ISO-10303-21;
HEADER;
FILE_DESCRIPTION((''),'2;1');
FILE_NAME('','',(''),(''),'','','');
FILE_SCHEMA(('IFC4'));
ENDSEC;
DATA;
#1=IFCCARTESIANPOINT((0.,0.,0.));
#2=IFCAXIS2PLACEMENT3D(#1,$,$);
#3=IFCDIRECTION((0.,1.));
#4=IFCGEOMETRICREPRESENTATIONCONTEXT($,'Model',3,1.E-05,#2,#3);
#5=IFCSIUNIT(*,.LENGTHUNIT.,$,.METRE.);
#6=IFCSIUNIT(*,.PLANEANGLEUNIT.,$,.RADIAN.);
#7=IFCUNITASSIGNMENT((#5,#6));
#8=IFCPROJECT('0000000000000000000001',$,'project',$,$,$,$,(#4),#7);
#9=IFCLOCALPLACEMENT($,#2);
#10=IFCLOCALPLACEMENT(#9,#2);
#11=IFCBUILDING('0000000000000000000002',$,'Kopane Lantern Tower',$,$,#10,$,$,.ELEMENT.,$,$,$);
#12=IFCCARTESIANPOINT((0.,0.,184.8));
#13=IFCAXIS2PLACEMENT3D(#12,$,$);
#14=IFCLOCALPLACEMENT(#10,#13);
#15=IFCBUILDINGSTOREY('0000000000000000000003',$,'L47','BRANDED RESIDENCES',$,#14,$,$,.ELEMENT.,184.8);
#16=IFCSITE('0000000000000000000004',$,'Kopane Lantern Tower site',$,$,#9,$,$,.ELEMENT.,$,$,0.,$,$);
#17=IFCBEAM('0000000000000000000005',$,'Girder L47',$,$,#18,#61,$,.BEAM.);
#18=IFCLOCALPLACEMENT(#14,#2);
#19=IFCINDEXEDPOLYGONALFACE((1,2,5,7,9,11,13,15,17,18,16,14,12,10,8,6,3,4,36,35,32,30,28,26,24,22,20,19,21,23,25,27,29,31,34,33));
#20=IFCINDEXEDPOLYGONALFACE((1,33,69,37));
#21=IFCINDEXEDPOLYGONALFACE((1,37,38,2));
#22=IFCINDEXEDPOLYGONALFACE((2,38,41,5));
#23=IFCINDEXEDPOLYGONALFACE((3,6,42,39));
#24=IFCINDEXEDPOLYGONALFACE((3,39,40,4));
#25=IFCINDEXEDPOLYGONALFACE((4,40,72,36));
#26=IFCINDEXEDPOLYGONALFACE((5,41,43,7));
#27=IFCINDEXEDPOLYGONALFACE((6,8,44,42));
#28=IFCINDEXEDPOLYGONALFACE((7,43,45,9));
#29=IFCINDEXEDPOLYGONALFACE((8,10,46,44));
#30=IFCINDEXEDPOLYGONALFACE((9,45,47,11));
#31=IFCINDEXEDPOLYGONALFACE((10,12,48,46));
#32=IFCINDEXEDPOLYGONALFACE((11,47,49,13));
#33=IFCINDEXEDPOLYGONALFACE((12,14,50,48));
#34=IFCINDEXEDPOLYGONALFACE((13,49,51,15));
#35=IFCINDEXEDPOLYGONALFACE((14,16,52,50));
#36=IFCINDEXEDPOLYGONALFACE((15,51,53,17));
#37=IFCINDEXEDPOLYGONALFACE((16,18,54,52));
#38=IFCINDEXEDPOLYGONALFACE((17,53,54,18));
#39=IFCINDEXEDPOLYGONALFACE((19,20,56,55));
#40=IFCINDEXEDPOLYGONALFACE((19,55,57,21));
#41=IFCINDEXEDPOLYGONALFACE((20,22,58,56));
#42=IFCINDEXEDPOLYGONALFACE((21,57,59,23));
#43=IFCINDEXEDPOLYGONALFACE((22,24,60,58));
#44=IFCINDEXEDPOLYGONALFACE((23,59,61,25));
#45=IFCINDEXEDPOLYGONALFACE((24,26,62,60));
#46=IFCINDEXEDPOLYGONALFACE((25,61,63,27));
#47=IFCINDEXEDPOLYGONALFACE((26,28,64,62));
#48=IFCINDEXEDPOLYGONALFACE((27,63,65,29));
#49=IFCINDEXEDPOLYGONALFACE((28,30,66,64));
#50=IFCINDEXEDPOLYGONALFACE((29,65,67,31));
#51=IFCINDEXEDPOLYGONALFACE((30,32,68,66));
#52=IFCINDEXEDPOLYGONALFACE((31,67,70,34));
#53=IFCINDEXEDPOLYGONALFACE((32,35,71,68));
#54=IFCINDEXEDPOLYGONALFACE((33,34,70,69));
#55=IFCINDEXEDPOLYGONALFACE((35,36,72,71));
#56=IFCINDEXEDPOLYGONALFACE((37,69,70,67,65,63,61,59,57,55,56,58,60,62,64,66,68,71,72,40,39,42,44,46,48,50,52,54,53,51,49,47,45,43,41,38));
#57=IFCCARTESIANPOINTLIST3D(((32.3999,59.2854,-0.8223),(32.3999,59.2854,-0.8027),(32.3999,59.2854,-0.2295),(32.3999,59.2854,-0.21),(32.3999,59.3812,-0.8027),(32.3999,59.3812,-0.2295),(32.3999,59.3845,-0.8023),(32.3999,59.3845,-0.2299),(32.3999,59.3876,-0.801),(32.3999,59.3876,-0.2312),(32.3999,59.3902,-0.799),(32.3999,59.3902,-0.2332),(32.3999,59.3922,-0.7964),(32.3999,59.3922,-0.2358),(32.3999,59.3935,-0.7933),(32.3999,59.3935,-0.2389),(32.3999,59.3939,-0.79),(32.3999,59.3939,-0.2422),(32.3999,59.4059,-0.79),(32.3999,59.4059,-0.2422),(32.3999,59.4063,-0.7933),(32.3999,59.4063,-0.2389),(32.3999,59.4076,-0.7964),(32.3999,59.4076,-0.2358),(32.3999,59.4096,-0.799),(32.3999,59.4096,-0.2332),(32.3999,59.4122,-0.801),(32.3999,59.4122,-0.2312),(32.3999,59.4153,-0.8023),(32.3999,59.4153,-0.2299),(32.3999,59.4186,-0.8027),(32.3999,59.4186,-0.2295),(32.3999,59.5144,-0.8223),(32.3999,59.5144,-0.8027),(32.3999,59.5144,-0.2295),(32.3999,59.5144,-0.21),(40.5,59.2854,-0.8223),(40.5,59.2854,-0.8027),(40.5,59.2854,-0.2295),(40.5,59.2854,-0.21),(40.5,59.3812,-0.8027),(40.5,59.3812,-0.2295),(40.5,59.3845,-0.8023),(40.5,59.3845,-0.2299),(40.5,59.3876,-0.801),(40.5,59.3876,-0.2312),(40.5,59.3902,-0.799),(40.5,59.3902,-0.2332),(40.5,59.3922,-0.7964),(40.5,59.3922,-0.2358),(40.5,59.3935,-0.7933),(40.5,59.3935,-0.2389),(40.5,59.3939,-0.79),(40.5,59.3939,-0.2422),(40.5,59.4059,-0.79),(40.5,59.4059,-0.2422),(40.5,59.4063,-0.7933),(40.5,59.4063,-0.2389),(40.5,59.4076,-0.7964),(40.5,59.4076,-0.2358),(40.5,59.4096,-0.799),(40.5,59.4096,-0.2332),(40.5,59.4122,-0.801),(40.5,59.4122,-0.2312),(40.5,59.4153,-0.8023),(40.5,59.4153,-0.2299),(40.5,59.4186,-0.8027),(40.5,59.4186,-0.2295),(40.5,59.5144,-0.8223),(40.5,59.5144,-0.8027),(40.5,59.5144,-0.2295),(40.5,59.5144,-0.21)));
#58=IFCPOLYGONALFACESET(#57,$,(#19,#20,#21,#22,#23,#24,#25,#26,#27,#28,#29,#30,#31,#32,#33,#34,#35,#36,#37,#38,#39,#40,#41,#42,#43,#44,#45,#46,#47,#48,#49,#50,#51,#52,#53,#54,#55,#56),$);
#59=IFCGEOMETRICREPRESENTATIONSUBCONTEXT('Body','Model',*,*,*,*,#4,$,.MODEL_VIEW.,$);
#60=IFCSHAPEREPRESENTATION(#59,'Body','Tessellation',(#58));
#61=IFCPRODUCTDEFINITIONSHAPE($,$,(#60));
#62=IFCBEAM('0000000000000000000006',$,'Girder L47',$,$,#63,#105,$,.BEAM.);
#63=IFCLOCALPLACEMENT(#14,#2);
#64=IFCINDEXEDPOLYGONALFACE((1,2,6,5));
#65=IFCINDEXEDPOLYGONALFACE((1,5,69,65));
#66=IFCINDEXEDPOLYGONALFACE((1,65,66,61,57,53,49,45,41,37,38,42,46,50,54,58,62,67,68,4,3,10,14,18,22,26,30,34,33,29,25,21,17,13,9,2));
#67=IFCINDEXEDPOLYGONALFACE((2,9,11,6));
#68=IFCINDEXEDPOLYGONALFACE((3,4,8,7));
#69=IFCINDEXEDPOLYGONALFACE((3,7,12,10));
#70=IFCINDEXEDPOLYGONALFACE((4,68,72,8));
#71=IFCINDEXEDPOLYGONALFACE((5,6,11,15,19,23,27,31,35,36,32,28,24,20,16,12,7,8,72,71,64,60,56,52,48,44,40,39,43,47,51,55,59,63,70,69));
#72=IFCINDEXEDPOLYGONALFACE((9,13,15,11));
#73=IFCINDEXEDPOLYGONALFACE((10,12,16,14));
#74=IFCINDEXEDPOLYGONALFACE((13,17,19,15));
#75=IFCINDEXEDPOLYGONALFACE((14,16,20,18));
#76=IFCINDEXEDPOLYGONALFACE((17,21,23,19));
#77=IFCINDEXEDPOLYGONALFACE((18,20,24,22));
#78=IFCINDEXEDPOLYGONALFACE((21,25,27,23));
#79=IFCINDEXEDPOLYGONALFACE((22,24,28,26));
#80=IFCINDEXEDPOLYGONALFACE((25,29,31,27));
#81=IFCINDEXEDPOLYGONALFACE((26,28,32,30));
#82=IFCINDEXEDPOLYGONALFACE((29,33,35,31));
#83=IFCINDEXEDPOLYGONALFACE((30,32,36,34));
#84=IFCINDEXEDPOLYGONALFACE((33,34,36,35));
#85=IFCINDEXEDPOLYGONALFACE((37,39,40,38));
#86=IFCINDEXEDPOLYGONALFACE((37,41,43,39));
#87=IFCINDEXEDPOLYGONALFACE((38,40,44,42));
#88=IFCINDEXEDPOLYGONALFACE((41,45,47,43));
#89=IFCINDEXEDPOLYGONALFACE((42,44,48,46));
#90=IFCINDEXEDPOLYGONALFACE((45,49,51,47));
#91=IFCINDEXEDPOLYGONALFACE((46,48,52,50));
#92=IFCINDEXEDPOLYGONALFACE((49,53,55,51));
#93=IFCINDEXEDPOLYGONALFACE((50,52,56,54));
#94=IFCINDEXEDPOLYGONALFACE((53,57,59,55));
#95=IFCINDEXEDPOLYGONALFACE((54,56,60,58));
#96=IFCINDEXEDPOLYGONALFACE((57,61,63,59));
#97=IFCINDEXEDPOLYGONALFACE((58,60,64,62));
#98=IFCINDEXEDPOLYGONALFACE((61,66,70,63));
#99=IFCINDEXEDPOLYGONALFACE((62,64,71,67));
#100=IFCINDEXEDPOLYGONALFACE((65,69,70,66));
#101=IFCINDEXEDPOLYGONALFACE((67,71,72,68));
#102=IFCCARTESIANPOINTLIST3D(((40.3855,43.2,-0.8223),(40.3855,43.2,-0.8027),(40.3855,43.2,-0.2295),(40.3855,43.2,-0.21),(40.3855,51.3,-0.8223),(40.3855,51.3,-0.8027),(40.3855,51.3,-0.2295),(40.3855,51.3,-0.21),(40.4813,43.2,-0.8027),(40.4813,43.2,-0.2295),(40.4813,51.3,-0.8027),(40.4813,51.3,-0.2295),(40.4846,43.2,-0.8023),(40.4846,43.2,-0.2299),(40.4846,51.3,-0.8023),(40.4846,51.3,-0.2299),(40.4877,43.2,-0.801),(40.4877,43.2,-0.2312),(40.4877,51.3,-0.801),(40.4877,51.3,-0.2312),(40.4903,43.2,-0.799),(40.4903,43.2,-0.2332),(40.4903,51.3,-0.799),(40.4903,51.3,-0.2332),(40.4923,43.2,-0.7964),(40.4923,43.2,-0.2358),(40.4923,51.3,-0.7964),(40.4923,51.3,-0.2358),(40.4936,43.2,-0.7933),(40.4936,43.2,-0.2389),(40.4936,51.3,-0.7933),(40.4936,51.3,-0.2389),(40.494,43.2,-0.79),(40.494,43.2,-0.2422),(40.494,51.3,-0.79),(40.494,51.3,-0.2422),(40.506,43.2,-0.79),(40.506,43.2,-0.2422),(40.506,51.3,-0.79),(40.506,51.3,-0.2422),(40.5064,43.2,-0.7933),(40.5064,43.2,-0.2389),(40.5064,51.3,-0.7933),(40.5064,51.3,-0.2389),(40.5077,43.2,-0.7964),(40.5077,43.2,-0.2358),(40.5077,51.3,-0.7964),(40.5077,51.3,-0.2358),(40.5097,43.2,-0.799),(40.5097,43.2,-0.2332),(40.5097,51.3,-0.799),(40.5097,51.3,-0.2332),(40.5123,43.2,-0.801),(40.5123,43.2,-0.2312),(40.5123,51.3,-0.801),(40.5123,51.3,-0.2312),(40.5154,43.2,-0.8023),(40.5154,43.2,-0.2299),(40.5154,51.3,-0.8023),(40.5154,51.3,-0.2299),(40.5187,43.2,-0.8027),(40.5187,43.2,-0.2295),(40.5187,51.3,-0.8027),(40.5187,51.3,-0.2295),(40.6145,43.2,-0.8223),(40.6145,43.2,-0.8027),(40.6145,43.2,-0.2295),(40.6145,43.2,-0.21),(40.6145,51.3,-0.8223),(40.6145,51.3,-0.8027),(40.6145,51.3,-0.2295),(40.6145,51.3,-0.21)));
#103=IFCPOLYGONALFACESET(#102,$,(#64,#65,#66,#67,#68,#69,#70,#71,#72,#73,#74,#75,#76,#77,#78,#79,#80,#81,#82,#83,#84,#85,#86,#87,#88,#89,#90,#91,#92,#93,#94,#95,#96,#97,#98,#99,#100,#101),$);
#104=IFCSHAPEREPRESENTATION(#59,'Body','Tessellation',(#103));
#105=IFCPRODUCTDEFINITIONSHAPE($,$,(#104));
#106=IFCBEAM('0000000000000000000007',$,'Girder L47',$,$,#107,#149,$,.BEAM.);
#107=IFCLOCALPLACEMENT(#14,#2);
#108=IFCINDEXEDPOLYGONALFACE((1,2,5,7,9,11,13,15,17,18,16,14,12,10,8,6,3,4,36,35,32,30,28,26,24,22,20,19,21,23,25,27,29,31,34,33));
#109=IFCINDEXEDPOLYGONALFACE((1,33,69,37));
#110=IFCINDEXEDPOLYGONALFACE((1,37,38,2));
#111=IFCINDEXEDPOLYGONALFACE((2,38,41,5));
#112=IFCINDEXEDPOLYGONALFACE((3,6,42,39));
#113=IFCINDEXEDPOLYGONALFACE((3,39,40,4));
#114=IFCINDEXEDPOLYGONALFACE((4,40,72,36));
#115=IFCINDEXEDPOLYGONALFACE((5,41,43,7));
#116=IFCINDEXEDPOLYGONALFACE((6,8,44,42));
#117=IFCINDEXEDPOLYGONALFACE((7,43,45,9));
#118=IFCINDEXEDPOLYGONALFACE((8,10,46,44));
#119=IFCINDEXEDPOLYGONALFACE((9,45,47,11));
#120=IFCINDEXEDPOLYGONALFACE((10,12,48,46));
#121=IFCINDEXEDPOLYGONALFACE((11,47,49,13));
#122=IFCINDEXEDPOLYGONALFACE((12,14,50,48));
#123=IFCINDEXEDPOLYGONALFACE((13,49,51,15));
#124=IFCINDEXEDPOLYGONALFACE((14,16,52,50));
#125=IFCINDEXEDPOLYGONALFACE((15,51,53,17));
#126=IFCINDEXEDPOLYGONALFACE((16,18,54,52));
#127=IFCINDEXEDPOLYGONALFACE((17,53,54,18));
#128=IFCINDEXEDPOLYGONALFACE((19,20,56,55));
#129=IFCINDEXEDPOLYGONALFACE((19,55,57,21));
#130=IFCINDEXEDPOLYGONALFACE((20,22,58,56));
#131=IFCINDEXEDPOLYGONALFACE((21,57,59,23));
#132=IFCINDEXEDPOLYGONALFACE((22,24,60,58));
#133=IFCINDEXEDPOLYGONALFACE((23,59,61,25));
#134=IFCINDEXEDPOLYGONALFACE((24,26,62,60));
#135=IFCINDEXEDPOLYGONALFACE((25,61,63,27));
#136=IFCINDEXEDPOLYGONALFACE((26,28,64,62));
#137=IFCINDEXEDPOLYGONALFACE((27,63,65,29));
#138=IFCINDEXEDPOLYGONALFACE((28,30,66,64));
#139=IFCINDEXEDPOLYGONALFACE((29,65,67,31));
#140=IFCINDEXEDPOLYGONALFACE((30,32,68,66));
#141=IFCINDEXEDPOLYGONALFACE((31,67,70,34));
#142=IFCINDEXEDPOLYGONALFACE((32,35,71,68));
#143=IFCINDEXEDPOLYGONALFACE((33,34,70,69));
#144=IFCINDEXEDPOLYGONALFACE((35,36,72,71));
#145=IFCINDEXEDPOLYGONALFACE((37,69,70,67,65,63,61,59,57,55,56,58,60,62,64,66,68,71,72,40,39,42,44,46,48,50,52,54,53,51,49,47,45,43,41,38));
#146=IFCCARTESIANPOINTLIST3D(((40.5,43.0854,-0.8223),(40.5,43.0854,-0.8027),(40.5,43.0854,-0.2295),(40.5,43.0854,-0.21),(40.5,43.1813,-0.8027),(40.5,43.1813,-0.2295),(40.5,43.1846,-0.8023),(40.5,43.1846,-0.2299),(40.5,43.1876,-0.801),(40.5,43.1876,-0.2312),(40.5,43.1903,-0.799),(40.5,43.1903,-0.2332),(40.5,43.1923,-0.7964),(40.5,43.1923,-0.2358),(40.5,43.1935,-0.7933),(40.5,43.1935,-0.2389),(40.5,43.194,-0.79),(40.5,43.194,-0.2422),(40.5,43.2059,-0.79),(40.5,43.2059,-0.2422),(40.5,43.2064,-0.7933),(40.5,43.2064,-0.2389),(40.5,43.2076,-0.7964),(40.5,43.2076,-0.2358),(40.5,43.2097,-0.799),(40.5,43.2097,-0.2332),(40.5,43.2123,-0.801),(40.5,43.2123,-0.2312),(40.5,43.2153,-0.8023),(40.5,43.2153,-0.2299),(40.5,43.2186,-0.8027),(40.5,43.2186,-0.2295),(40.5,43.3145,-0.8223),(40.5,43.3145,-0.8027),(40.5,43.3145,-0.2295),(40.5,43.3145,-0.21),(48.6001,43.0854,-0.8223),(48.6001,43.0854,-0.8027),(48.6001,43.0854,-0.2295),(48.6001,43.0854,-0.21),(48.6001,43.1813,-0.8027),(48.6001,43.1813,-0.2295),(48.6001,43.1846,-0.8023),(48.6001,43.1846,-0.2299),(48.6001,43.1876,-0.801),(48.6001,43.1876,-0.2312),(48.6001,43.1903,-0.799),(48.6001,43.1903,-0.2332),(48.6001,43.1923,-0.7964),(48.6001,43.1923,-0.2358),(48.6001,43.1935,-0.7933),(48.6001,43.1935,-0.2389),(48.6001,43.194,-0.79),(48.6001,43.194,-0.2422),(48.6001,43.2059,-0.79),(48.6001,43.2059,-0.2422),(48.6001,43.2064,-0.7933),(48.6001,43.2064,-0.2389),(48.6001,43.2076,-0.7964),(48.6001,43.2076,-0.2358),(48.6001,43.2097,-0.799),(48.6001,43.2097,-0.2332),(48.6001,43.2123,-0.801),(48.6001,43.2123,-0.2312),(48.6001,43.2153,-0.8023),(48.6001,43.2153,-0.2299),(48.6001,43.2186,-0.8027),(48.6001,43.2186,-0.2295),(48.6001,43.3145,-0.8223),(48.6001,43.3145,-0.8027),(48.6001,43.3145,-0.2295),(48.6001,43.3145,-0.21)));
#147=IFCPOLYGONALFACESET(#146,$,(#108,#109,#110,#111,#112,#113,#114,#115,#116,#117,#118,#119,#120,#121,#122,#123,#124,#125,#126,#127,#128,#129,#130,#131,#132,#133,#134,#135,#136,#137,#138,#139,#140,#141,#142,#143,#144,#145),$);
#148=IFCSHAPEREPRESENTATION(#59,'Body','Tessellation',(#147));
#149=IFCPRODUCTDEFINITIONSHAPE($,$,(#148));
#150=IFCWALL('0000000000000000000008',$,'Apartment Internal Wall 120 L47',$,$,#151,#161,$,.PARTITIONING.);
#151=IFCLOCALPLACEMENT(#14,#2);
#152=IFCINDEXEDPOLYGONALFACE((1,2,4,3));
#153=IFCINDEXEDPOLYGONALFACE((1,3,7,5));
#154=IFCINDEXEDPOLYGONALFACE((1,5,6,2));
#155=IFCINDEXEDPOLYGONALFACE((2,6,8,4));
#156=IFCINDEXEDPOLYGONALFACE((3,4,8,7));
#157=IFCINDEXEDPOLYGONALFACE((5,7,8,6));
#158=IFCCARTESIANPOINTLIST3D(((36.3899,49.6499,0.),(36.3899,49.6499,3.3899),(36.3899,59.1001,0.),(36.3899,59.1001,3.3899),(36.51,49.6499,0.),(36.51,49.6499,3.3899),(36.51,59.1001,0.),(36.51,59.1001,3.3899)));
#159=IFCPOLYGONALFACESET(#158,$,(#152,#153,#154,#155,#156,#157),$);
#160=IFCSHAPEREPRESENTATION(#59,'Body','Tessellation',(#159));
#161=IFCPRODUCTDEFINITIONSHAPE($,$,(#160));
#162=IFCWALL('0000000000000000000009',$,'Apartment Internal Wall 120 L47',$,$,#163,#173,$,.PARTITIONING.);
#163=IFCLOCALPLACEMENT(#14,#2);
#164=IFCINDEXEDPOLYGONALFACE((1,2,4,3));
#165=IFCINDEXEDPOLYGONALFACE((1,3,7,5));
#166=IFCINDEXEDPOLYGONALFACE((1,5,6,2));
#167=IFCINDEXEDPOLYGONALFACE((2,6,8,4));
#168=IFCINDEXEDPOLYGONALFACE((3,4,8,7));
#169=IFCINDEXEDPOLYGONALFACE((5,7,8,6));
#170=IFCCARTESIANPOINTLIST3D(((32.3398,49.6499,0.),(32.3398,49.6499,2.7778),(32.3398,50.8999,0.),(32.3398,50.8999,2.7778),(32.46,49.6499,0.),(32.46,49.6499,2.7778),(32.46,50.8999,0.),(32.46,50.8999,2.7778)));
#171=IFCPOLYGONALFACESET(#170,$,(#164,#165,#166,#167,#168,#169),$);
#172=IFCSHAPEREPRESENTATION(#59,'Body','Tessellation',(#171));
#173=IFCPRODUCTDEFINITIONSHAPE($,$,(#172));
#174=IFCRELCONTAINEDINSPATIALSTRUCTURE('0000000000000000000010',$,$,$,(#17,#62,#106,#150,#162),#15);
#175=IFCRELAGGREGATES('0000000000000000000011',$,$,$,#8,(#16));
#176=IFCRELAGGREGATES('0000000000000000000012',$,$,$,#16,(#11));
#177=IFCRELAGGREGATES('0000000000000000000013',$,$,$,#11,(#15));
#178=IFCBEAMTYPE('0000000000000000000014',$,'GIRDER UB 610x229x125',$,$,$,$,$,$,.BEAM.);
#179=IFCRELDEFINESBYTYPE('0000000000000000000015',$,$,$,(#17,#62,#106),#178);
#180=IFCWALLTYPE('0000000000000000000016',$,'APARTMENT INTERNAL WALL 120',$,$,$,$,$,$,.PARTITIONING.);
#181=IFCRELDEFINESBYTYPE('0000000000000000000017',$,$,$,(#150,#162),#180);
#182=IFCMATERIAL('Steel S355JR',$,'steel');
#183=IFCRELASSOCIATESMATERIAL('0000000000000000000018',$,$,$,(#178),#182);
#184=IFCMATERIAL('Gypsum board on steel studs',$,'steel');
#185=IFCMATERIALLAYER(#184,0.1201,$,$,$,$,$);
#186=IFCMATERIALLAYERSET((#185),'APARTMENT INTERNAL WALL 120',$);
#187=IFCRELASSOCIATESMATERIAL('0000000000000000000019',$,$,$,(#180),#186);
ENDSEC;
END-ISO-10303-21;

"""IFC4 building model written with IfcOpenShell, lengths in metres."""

from ifc_helpers import new_model, si_unit, direction, frame, frame_2d, origin, origin_2d, place, context, subcontext, project, spatial, rectangle, i_section, extrude, material, layer, layer_set, material_profile, profile_set, type_object, element, save


model = new_model("IFC4")

# Units and contexts
model_context = context("Model", 3, precision=1e-05, world=origin(), true_north=direction((0.0, 1.0)))
body_context = subcontext(model_context, "Body", "Model", "MODEL_VIEW")
ifc_project = project(units=[si_unit("LENGTHUNIT", "METRE"), si_unit("PLANEANGLEUNIT", "RADIAN")], contexts=[model_context])

# Site, building, storey
site_placement = place(None, origin())
site = spatial("IfcSite", under=ifc_project, at=site_placement, Name="Kopane Lantern Tower site", CompositionType="ELEMENT", RefElevation=0.0)
building_placement = place(site_placement, origin())
building = spatial("IfcBuilding", under=site, at=building_placement, Name="Kopane Lantern Tower", CompositionType="ELEMENT")
storey_placement = place(building_placement, frame((0.0, 0.0, 184.8)))
storey = spatial("IfcBuildingStorey", under=building, at=storey_placement, Name="L47", Description="BRANDED RESIDENCES", CompositionType="ELEMENT", Elevation=184.8)

# Beams
ifc_material_1 = material(Name="Steel S355JR", Category="steel")
ifc_material_profile_1 = material_profile(ifc_material_1, i_section(OverallWidth=0.229, OverallDepth=0.6123, WebThickness=0.012, FlangeThickness=0.0195, FilletRadius=0.0127, at=origin_2d()), Name="UB 610x229x125")
ifc_profile_set_1 = profile_set([ifc_material_profile_1], Name="Steel S355JR")
beam_type_1 = type_object("IfcBeamType", Name="GIRDER UB 610x229x125", PredefinedType="BEAM", material=ifc_profile_set_1)
for number, where, z_axis, x_axis, name in (
    (1, (32.3999, 59.3999, -0.5161), (1.0, 0.0, 0.0), (0.0, 1.0, 0.0), "Girder L47"),
    (2, (40.5, 43.2, -0.5161), (0.0, 1.0, 0.0), (-1.0, 0.0, 0.0), "Girder L47"),
    (3, (40.5, 43.2, -0.5161), (1.0, 0.0, 0.0), (0.0, 1.0, 0.0), "Girder L47"),
):
    element("IfcBeam", number, at=place(storey_placement, frame(where, z_axis=z_axis, x_axis=x_axis)), inside=storey, type_object=beam_type_1, Name=name, PredefinedType="BEAM", context=body_context, shape_type="SweptSolid", body=[
        extrude(i_section(OverallWidth=0.229, OverallDepth=0.6123, WebThickness=0.012, FlangeThickness=0.0195, FilletRadius=0.0127, at=origin_2d()), origin(), (0.0, 0.0, 1.0), 8.1001),
    ])

# Walls
ifc_material_2 = material(Name="Gypsum board on steel studs", Category="steel")
ifc_layer_1 = layer(ifc_material_2, 0.1201)
ifc_layer_set_1 = layer_set([ifc_layer_1], Name="APARTMENT INTERNAL WALL 120")
wall_type_1 = type_object("IfcWallType", Name="APARTMENT INTERNAL WALL 120", PredefinedType="PARTITIONING", material=ifc_layer_set_1)
wall_1_placement = place(storey_placement, frame((36.45, 49.6499, 0.0), z_axis=(0.0, 0.0, 1.0), x_axis=(0.0, 1.0, 0.0)))
element("IfcWall", 4, at=wall_1_placement, inside=storey, type_object=wall_type_1, Name="Apartment Internal Wall 120 L47", PredefinedType="PARTITIONING", context=body_context, shape_type="SweptSolid", body=[
    extrude(rectangle(XDim=9.4502, YDim=0.1201, at=frame_2d((4.7251, 0.0))), origin(), (0.0, 0.0, 1.0), 3.3899),
])
wall_2_placement = place(storey_placement, frame((32.3999, 49.6499, 0.0), z_axis=(0.0, 0.0, 1.0), x_axis=(0.0, 1.0, 0.0)))
element("IfcWall", 5, at=wall_2_placement, inside=storey, type_object=wall_type_1, Name="Apartment Internal Wall 120 L47", PredefinedType="PARTITIONING", context=body_context, shape_type="SweptSolid", body=[
    extrude(rectangle(XDim=1.25, YDim=0.1201, at=frame_2d((0.625, 0.0))), origin(), (0.0, 0.0, 1.0), 2.7778),
])

save(model, "model.ifc")
